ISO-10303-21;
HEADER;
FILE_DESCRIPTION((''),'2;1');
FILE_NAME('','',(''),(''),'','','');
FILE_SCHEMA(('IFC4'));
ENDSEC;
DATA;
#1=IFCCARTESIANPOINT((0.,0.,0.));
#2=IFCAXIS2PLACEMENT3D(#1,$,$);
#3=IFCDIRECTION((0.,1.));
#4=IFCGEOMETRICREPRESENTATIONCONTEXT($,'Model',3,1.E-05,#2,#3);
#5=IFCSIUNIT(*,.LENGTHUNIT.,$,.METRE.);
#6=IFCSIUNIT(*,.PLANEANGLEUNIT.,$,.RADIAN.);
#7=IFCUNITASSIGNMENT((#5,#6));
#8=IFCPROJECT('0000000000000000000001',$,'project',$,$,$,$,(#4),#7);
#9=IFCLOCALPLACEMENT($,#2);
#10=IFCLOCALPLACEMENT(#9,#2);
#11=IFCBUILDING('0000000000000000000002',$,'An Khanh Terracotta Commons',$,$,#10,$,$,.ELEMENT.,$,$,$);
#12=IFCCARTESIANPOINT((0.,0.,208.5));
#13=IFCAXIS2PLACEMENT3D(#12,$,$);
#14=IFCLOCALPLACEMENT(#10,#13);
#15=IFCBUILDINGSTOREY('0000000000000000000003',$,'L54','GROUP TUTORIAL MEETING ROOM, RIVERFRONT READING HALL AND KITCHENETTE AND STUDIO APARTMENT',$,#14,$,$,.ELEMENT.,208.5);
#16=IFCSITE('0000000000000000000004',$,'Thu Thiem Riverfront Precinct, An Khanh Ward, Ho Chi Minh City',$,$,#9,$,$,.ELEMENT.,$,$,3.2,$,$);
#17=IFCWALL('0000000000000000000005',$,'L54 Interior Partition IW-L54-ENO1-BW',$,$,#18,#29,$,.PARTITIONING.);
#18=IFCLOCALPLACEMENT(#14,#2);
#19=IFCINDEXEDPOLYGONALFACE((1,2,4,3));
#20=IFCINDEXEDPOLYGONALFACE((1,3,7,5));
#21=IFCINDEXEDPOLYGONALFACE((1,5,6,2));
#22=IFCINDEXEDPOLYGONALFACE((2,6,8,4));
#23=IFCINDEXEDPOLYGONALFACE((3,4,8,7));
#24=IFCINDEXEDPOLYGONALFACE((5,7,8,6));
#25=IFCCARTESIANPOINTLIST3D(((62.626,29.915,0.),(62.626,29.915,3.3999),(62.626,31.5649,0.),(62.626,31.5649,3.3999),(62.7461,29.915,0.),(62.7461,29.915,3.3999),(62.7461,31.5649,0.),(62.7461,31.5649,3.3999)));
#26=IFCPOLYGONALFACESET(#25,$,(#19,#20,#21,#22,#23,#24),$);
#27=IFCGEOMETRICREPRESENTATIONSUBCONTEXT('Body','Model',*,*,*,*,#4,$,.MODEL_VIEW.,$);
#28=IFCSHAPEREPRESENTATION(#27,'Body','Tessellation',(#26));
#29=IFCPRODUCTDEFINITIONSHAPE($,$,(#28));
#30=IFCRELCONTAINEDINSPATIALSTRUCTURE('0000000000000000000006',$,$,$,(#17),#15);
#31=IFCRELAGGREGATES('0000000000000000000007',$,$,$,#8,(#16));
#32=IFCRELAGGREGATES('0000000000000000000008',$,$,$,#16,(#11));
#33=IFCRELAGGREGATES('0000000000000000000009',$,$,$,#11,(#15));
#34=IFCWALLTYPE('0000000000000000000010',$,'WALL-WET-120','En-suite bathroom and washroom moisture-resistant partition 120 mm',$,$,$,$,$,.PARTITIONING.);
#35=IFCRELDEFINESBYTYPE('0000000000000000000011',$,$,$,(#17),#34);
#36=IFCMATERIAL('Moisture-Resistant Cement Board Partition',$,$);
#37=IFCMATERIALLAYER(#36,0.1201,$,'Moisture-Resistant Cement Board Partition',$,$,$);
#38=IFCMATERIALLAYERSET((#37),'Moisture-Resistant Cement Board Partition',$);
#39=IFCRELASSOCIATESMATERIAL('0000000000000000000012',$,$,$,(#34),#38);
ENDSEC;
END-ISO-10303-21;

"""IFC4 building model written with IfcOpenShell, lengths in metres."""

from ifc_helpers import new_model, si_unit, direction, frame, frame_2d, origin, place, context, subcontext, project, spatial, rectangle, extrude, material, layer, layer_set, type_object, element, save


model = new_model("IFC4")

# Units and contexts
model_context = context("Model", 3, precision=1e-05, world=origin(), true_north=direction((0.0, 1.0)))
body_context = subcontext(model_context, "Body", "Model", "MODEL_VIEW")
ifc_project = project(units=[si_unit("LENGTHUNIT", "METRE"), si_unit("PLANEANGLEUNIT", "RADIAN")], contexts=[model_context])

# Site, building, storey
site_placement = place(None, origin())
site = spatial("IfcSite", under=ifc_project, at=site_placement, Name="Thu Thiem Riverfront Precinct, An Khanh Ward, Ho Chi Minh City", CompositionType="ELEMENT", RefElevation=3.2)
building_placement = place(site_placement, origin())
building = spatial("IfcBuilding", under=site, at=building_placement, Name="An Khanh Terracotta Commons", CompositionType="ELEMENT")
storey_placement = place(building_placement, frame((0.0, 0.0, 208.5)))
storey = spatial("IfcBuildingStorey", under=building, at=storey_placement, Name="L54", Description="GROUP TUTORIAL MEETING ROOM, RIVERFRONT READING HALL AND KITCHENETTE AND STUDIO APARTMENT", CompositionType="ELEMENT", Elevation=208.5)

# Shared definitions
ifc_material_1 = material(Name="Moisture-Resistant Cement Board Partition")
ifc_layer_1 = layer(ifc_material_1, 0.1201, Name="Moisture-Resistant Cement Board Partition")
ifc_layer_set_1 = layer_set([ifc_layer_1], Name="Moisture-Resistant Cement Board Partition")
wall_type = type_object("IfcWallType", Name="WALL-WET-120", Description="En-suite bathroom and washroom moisture-resistant partition 120 mm", PredefinedType="PARTITIONING", material=ifc_layer_set_1)

# Wall
wall_1_placement = place(storey_placement, frame((62.686, 31.5649, 0.0), z_axis=(0.0, 0.0, 1.0), x_axis=(0.0, -1.0, 0.0)))
element("IfcWall", 1, at=wall_1_placement, inside=storey, type_object=wall_type, Name="L54 Interior Partition IW-L54-ENO1-BW", PredefinedType="PARTITIONING", context=body_context, shape_type="SweptSolid", body=[
    extrude(rectangle(XDim=1.6499, YDim=0.1201, at=frame_2d((0.825, 0.0))), origin(), (0.0, 0.0, 1.0), 3.3999),
])

save(model, "model.ifc")
